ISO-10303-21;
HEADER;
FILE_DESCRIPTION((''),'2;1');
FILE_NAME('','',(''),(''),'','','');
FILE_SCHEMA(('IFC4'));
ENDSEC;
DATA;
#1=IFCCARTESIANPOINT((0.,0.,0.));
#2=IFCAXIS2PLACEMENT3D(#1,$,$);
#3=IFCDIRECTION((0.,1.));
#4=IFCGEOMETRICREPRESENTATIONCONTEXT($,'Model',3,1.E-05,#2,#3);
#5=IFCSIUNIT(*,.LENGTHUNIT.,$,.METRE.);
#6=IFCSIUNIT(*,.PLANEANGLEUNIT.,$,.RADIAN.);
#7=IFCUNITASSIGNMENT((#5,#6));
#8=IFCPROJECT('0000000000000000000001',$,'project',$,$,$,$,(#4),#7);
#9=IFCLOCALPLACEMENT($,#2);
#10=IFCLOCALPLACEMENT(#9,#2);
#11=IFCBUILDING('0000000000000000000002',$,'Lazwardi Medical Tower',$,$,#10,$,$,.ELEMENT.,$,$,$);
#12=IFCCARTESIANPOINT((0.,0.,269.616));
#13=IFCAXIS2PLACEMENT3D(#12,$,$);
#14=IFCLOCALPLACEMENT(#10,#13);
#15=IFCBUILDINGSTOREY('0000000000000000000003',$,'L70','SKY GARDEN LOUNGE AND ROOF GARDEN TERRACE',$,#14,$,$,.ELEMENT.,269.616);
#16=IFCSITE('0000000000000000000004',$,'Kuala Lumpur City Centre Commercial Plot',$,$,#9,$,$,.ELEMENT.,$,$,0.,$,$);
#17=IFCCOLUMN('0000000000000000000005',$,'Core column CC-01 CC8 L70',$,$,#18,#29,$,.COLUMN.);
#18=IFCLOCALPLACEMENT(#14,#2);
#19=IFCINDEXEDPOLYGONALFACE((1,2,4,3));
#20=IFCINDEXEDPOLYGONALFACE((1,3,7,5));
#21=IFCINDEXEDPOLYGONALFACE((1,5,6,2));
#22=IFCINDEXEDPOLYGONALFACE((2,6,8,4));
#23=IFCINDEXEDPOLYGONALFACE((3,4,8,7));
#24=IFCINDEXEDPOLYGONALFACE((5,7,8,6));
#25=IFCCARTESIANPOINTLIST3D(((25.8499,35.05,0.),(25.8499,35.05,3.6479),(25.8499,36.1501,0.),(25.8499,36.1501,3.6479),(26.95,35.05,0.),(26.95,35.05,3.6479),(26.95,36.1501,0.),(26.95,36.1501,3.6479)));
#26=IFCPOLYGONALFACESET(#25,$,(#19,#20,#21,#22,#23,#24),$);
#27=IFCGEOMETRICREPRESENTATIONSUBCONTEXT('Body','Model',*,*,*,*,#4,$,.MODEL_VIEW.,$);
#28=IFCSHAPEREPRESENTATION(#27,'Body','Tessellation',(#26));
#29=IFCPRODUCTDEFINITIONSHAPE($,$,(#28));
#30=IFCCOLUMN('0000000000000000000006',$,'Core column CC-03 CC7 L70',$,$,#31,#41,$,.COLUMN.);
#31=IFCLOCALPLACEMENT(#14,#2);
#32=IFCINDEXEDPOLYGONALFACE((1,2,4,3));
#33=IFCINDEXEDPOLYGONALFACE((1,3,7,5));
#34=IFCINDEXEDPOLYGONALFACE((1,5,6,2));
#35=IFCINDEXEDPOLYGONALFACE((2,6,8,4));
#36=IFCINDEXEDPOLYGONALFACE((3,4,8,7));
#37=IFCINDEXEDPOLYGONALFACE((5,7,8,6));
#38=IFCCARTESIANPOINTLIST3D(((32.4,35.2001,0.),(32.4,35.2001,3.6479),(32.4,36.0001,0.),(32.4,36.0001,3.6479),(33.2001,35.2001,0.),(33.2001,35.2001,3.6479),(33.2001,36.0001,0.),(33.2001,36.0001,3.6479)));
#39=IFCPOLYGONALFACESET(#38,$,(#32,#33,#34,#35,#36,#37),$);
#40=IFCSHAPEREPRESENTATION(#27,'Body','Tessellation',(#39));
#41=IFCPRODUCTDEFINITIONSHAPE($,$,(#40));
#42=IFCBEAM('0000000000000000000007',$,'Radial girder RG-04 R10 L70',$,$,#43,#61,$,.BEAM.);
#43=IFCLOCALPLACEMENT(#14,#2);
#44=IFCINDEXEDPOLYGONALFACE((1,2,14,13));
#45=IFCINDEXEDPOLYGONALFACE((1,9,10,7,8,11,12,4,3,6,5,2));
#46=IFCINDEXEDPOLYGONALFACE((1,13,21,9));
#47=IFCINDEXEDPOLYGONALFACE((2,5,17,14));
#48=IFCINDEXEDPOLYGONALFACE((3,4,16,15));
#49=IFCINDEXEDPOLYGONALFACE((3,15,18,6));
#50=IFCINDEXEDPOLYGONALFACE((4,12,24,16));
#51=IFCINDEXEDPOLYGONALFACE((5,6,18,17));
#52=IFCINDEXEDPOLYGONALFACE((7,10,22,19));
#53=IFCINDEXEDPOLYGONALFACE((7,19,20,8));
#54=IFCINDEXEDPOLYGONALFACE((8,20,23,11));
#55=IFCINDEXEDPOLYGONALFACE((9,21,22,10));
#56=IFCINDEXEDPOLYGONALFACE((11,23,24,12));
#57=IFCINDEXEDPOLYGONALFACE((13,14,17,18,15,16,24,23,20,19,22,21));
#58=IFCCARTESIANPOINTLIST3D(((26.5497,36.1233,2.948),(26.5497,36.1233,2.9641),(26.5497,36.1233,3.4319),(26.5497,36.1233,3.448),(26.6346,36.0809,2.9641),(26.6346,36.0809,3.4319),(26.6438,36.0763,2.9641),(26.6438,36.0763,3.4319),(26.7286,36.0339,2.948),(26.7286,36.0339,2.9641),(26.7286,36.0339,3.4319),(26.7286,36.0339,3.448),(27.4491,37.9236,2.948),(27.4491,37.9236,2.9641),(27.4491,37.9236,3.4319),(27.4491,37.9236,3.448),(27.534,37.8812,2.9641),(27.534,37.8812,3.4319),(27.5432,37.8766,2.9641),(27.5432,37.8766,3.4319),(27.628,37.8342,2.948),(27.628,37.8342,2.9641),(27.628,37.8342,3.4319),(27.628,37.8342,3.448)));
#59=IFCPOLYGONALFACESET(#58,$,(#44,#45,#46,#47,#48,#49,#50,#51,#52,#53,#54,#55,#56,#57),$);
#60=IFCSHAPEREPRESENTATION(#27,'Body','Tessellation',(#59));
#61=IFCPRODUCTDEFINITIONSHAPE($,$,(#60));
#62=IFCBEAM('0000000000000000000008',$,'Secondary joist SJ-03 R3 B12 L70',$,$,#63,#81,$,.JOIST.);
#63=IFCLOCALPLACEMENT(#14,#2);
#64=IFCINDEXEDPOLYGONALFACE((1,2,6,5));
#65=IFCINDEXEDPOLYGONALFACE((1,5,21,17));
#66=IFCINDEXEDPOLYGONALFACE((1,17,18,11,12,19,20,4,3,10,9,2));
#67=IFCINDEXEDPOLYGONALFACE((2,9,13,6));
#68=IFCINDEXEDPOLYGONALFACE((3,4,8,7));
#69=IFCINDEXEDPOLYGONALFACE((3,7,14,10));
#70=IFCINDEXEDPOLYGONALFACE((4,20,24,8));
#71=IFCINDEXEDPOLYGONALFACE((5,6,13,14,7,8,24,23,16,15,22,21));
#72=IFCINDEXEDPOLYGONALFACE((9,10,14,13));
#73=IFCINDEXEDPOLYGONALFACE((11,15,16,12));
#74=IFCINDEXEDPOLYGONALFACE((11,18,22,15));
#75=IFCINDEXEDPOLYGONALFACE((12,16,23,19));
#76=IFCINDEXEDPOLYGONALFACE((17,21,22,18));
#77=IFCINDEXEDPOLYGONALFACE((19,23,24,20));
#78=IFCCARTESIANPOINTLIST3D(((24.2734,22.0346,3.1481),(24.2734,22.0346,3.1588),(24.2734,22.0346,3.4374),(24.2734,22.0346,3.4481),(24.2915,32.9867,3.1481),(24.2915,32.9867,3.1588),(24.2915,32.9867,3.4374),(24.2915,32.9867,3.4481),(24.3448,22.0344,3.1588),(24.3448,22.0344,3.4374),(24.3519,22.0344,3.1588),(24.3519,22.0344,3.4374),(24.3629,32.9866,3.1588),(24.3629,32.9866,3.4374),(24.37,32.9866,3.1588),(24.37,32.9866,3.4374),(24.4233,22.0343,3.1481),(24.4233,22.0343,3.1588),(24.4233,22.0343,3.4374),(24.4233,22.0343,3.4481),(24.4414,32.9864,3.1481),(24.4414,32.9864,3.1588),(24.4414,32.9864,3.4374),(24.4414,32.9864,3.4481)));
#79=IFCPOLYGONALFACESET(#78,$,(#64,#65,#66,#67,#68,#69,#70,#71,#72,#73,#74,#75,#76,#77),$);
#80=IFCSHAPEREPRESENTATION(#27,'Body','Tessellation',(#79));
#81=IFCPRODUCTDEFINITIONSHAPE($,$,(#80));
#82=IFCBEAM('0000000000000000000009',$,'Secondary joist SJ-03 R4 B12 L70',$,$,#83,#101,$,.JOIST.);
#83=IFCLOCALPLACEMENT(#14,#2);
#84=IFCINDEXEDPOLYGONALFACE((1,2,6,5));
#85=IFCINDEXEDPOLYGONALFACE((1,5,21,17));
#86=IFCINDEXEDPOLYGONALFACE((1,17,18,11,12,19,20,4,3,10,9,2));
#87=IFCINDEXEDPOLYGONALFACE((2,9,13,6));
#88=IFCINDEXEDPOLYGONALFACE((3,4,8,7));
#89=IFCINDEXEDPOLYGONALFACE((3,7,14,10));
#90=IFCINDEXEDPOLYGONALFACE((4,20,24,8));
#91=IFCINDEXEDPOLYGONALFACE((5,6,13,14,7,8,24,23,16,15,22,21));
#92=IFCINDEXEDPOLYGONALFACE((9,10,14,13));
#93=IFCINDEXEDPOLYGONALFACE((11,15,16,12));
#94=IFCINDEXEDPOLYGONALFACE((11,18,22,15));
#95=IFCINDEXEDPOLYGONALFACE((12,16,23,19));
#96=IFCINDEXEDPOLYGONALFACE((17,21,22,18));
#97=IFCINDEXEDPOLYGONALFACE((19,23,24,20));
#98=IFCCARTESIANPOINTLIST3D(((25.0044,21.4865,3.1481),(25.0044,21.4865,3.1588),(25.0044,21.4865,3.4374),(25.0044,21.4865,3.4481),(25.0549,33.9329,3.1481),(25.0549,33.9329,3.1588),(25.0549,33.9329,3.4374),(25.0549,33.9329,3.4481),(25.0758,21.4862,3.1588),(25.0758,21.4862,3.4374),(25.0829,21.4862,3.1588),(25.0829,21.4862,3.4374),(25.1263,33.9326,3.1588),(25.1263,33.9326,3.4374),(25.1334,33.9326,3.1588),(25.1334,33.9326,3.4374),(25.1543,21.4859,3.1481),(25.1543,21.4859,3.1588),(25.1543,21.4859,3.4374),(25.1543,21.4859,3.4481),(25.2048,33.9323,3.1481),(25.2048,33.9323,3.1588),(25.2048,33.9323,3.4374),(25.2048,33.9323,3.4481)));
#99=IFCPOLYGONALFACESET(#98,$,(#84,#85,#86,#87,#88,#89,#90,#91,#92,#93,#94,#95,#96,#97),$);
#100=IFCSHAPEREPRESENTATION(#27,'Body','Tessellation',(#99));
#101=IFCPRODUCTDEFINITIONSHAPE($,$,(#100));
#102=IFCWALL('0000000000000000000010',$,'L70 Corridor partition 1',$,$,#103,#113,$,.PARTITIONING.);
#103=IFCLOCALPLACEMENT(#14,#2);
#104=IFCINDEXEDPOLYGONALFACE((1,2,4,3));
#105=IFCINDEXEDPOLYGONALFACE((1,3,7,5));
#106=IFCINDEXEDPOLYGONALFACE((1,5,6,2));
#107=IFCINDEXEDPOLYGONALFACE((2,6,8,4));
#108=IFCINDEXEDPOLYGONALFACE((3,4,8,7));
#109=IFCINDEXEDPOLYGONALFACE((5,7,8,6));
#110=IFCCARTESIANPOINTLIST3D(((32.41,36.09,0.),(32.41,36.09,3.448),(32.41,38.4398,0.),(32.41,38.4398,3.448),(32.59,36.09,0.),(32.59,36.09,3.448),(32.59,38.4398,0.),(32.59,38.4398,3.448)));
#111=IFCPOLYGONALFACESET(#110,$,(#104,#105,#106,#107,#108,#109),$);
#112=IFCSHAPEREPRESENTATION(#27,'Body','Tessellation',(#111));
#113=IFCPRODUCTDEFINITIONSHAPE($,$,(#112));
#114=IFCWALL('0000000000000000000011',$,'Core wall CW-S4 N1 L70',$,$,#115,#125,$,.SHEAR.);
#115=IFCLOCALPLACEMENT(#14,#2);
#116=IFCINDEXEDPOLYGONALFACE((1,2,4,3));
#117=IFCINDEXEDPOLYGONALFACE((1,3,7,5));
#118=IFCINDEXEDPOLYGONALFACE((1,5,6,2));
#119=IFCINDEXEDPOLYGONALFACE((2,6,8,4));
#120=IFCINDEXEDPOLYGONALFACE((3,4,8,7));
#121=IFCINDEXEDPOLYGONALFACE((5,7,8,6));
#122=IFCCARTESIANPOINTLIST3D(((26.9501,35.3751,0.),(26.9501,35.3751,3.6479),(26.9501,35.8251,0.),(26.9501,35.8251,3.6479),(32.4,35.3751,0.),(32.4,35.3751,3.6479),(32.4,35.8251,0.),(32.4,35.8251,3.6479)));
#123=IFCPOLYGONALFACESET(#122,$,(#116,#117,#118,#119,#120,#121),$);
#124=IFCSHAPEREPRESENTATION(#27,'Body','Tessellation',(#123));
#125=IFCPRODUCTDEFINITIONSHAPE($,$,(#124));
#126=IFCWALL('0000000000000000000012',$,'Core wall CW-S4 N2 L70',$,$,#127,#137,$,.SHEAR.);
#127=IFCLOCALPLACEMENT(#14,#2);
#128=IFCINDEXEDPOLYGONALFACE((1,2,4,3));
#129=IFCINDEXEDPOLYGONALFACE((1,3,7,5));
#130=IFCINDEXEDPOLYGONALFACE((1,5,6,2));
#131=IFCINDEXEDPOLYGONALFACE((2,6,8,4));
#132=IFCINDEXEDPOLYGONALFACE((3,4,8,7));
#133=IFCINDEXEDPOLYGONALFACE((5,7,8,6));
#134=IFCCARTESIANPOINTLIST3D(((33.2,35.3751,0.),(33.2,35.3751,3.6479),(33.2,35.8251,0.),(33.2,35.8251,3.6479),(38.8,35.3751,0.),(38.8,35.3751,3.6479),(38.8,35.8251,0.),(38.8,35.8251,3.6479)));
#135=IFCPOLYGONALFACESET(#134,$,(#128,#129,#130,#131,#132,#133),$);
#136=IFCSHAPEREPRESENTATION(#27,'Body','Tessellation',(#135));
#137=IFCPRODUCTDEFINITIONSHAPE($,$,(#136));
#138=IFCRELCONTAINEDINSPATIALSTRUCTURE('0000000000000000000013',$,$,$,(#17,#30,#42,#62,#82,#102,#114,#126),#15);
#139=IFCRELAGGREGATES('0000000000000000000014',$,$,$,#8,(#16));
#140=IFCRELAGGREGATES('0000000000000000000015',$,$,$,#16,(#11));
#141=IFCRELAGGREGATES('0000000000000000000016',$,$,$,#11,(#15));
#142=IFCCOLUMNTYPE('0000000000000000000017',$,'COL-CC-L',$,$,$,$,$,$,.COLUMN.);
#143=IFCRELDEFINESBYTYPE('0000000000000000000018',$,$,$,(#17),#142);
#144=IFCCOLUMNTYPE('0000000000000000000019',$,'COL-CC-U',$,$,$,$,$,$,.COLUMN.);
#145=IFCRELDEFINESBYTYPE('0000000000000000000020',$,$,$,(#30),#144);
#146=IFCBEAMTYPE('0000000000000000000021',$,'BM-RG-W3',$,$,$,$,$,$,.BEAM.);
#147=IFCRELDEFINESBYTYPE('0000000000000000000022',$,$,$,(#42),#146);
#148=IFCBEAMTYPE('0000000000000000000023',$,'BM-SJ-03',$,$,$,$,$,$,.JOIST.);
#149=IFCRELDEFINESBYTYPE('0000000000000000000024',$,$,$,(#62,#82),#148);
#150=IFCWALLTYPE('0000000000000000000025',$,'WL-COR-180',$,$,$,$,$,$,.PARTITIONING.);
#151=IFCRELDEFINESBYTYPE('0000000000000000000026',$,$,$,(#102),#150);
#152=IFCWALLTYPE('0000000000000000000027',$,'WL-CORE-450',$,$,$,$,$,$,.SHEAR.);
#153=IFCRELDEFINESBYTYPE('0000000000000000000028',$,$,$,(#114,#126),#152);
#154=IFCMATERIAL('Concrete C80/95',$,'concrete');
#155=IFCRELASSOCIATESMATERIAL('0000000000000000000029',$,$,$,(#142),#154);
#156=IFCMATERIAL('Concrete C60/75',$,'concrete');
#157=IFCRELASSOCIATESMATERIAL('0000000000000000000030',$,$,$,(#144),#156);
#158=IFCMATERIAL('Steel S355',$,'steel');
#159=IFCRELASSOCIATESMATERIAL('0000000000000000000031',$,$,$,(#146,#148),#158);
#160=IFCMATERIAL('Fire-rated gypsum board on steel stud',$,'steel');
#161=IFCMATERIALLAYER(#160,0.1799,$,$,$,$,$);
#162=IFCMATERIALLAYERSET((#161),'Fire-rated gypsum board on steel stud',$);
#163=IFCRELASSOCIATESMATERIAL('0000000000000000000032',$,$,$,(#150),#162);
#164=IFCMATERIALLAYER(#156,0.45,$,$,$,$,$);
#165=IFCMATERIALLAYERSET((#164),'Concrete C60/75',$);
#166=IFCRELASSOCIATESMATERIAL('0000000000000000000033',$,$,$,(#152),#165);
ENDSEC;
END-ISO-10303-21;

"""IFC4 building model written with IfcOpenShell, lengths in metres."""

from ifc_helpers import new_model, si_unit, direction, frame, frame_2d, origin, origin_2d, place, context, subcontext, project, spatial, rectangle, i_section, extrude, material, layer, layer_set, material_profile, profile_set, type_object, element, save


model = new_model("IFC4")

# Units and contexts
model_context = context("Model", 3, precision=1e-05, world=origin(), true_north=direction((0.0, 1.0)))
body_context = subcontext(model_context, "Body", "Model", "MODEL_VIEW")
ifc_project = project(units=[si_unit("LENGTHUNIT", "METRE"), si_unit("PLANEANGLEUNIT", "RADIAN")], contexts=[model_context])

# Site, building, storey
site_placement = place(None, origin())
site = spatial("IfcSite", under=ifc_project, at=site_placement, Name="Kuala Lumpur City Centre Commercial Plot", CompositionType="ELEMENT", RefElevation=0.0)
building_placement = place(site_placement, origin())
building = spatial("IfcBuilding", under=site, at=building_placement, Name="Lazwardi Medical Tower", CompositionType="ELEMENT")
storey_placement = place(building_placement, frame((0.0, 0.0, 269.616)))
storey = spatial("IfcBuildingStorey", under=building, at=storey_placement, Name="L70", Description="SKY GARDEN LOUNGE AND ROOF GARDEN TERRACE", CompositionType="ELEMENT", Elevation=269.616)

# Columns
ifc_material_1 = material(Name="Concrete C80/95", Category="concrete")
ifc_material_profile_1 = material_profile(ifc_material_1, rectangle(XDim=1.1001, YDim=1.1001, at=origin_2d()), Name="RC 1100x1100")
ifc_profile_set_1 = profile_set([ifc_material_profile_1], Name="Concrete C80/95")
column_type_1 = type_object("IfcColumnType", Name="COL-CC-L", PredefinedType="COLUMN", material=ifc_profile_set_1)
column_1_placement = place(storey_placement, frame((26.3999, 35.6001, 0.0), z_axis=(0.0, 0.0, 1.0), x_axis=(1.0, 0.0, 0.0)))
element("IfcColumn", 1, at=column_1_placement, inside=storey, type_object=column_type_1, Name="Core column CC-01 CC8 L70", PredefinedType="COLUMN", context=body_context, shape_type="SweptSolid", body=[
    extrude(rectangle(XDim=1.1001, YDim=1.1001, at=origin_2d()), origin(), (0.0, 0.0, 1.0), 3.6479),
])
ifc_material_2 = material(Name="Concrete C60/75", Category="concrete")
ifc_material_profile_2 = material_profile(ifc_material_2, rectangle(XDim=0.8, YDim=0.8, at=origin_2d()), Name="RC 800x800")
ifc_profile_set_2 = profile_set([ifc_material_profile_2], Name="Concrete C60/75")
column_type_2 = type_object("IfcColumnType", Name="COL-CC-U", PredefinedType="COLUMN", material=ifc_profile_set_2)
column_2_placement = place(storey_placement, frame((32.8, 35.6001, 0.0), z_axis=(0.0, 0.0, 1.0), x_axis=(1.0, 0.0, 0.0)))
element("IfcColumn", 2, at=column_2_placement, inside=storey, type_object=column_type_2, Name="Core column CC-03 CC7 L70", PredefinedType="COLUMN", context=body_context, shape_type="SweptSolid", body=[
    extrude(rectangle(XDim=0.8, YDim=0.8, at=origin_2d()), origin(), (0.0, 0.0, 1.0), 3.6479),
])

# Beams
ifc_material_3 = material(Name="Steel S355", Category="steel")
ifc_material_profile_3 = material_profile(ifc_material_3, i_section(OverallWidth=0.2, OverallDepth=0.5, WebThickness=0.0103, FlangeThickness=0.0161, at=origin_2d()), Name="IPE 500")
ifc_profile_set_3 = profile_set([ifc_material_profile_3], Name="Steel S355")
beam_type_1 = type_object("IfcBeamType", Name="BM-RG-W3", PredefinedType="BEAM", material=ifc_profile_set_3)
beam_1_placement = place(storey_placement, frame((27.5386, 37.8789, 3.198), z_axis=(-0.446922, -0.894573, 0.0), x_axis=(0.894573, -0.446922, 0.0)))
element("IfcBeam", 3, at=beam_1_placement, inside=storey, type_object=beam_type_1, Name="Radial girder RG-04 R10 L70", PredefinedType="BEAM", context=body_context, shape_type="SweptSolid", body=[
    extrude(i_section(OverallWidth=0.2, OverallDepth=0.5, WebThickness=0.0103, FlangeThickness=0.0161, at=origin_2d()), origin(), (0.0, 0.0, 1.0), 2.0125),
])
ifc_material_profile_4 = material_profile(ifc_material_3, i_section(OverallWidth=0.1499, OverallDepth=0.3, WebThickness=0.0071, FlangeThickness=0.0107, at=origin_2d()), Name="IPE 300")
ifc_profile_set_4 = profile_set([ifc_material_profile_4], Name="Steel S355")
beam_type_2 = type_object("IfcBeamType", Name="BM-SJ-03", PredefinedType="JOIST", material=ifc_profile_set_4)
beam_2_placement = place(storey_placement, frame((24.3665, 32.9866, 3.2981), z_axis=(-0.00165, -0.999999, 0.0), x_axis=(0.999999, -0.00165, 0.0)))
element("IfcBeam", 4, at=beam_2_placement, inside=storey, type_object=beam_type_2, Name="Secondary joist SJ-03 R3 B12 L70", PredefinedType="JOIST", context=body_context, shape_type="SweptSolid", body=[
    extrude(i_section(OverallWidth=0.1499, OverallDepth=0.3, WebThickness=0.0071, FlangeThickness=0.0107, at=origin_2d()), origin(), (0.0, 0.0, 1.0), 10.9521),
])
beam_3_placement = place(storey_placement, frame((25.1299, 33.9326, 3.2981), z_axis=(-0.00406, -0.999992, 0.0), x_axis=(0.999992, -0.00406, 0.0)))
element("IfcBeam", 5, at=beam_3_placement, inside=storey, type_object=beam_type_2, Name="Secondary joist SJ-03 R4 B12 L70", PredefinedType="JOIST", context=body_context, shape_type="SweptSolid", body=[
    extrude(i_section(OverallWidth=0.1499, OverallDepth=0.3, WebThickness=0.0071, FlangeThickness=0.0107, at=origin_2d()), origin(), (0.0, 0.0, 1.0), 12.4465),
])

# Walls
ifc_material_4 = material(Name="Fire-rated gypsum board on steel stud", Category="steel")
ifc_layer_1 = layer(ifc_material_4, 0.1799)
ifc_layer_set_1 = layer_set([ifc_layer_1], Name="Fire-rated gypsum board on steel stud")
wall_type_1 = type_object("IfcWallType", Name="WL-COR-180", PredefinedType="PARTITIONING", material=ifc_layer_set_1)
wall_1_placement = place(storey_placement, frame((32.5, 36.0901, 0.0), z_axis=(0.0, 0.0, 1.0), x_axis=(0.0, 1.0, 0.0)))
element("IfcWall", 6, at=wall_1_placement, inside=storey, type_object=wall_type_1, Name="L70 Corridor partition 1", PredefinedType="PARTITIONING", context=body_context, shape_type="SweptSolid", body=[
    extrude(rectangle(XDim=2.3499, YDim=0.1799, at=frame_2d((1.1748, 0.0))), origin(), (0.0, 0.0, 1.0), 3.448),
])
ifc_layer_2 = layer(ifc_material_2, 0.45)
ifc_layer_set_2 = layer_set([ifc_layer_2], Name="Concrete C60/75")
wall_type_2 = type_object("IfcWallType", Name="WL-CORE-450", PredefinedType="SHEAR", material=ifc_layer_set_2)
wall_2_placement = place(storey_placement, frame((26.95, 35.6001, 0.0), z_axis=(0.0, 0.0, 1.0), x_axis=(1.0, 0.0, 0.0)))
element("IfcWall", 7, at=wall_2_placement, inside=storey, type_object=wall_type_2, Name="Core wall CW-S4 N1 L70", PredefinedType="SHEAR", context=body_context, shape_type="SweptSolid", body=[
    extrude(rectangle(XDim=5.45, YDim=0.45, at=frame_2d((2.7251, 0.0))), origin(), (0.0, 0.0, 1.0), 3.6479),
])
wall_3_placement = place(storey_placement, frame((33.2, 35.6001, 0.0), z_axis=(0.0, 0.0, 1.0), x_axis=(1.0, 0.0, 0.0)))
element("IfcWall", 8, at=wall_3_placement, inside=storey, type_object=wall_type_2, Name="Core wall CW-S4 N2 L70", PredefinedType="SHEAR", context=body_context, shape_type="SweptSolid", body=[
    extrude(rectangle(XDim=5.6001, YDim=0.45, at=frame_2d((2.8, 0.0))), origin(), (0.0, 0.0, 1.0), 3.6479),
])

save(model, "model.ifc")
